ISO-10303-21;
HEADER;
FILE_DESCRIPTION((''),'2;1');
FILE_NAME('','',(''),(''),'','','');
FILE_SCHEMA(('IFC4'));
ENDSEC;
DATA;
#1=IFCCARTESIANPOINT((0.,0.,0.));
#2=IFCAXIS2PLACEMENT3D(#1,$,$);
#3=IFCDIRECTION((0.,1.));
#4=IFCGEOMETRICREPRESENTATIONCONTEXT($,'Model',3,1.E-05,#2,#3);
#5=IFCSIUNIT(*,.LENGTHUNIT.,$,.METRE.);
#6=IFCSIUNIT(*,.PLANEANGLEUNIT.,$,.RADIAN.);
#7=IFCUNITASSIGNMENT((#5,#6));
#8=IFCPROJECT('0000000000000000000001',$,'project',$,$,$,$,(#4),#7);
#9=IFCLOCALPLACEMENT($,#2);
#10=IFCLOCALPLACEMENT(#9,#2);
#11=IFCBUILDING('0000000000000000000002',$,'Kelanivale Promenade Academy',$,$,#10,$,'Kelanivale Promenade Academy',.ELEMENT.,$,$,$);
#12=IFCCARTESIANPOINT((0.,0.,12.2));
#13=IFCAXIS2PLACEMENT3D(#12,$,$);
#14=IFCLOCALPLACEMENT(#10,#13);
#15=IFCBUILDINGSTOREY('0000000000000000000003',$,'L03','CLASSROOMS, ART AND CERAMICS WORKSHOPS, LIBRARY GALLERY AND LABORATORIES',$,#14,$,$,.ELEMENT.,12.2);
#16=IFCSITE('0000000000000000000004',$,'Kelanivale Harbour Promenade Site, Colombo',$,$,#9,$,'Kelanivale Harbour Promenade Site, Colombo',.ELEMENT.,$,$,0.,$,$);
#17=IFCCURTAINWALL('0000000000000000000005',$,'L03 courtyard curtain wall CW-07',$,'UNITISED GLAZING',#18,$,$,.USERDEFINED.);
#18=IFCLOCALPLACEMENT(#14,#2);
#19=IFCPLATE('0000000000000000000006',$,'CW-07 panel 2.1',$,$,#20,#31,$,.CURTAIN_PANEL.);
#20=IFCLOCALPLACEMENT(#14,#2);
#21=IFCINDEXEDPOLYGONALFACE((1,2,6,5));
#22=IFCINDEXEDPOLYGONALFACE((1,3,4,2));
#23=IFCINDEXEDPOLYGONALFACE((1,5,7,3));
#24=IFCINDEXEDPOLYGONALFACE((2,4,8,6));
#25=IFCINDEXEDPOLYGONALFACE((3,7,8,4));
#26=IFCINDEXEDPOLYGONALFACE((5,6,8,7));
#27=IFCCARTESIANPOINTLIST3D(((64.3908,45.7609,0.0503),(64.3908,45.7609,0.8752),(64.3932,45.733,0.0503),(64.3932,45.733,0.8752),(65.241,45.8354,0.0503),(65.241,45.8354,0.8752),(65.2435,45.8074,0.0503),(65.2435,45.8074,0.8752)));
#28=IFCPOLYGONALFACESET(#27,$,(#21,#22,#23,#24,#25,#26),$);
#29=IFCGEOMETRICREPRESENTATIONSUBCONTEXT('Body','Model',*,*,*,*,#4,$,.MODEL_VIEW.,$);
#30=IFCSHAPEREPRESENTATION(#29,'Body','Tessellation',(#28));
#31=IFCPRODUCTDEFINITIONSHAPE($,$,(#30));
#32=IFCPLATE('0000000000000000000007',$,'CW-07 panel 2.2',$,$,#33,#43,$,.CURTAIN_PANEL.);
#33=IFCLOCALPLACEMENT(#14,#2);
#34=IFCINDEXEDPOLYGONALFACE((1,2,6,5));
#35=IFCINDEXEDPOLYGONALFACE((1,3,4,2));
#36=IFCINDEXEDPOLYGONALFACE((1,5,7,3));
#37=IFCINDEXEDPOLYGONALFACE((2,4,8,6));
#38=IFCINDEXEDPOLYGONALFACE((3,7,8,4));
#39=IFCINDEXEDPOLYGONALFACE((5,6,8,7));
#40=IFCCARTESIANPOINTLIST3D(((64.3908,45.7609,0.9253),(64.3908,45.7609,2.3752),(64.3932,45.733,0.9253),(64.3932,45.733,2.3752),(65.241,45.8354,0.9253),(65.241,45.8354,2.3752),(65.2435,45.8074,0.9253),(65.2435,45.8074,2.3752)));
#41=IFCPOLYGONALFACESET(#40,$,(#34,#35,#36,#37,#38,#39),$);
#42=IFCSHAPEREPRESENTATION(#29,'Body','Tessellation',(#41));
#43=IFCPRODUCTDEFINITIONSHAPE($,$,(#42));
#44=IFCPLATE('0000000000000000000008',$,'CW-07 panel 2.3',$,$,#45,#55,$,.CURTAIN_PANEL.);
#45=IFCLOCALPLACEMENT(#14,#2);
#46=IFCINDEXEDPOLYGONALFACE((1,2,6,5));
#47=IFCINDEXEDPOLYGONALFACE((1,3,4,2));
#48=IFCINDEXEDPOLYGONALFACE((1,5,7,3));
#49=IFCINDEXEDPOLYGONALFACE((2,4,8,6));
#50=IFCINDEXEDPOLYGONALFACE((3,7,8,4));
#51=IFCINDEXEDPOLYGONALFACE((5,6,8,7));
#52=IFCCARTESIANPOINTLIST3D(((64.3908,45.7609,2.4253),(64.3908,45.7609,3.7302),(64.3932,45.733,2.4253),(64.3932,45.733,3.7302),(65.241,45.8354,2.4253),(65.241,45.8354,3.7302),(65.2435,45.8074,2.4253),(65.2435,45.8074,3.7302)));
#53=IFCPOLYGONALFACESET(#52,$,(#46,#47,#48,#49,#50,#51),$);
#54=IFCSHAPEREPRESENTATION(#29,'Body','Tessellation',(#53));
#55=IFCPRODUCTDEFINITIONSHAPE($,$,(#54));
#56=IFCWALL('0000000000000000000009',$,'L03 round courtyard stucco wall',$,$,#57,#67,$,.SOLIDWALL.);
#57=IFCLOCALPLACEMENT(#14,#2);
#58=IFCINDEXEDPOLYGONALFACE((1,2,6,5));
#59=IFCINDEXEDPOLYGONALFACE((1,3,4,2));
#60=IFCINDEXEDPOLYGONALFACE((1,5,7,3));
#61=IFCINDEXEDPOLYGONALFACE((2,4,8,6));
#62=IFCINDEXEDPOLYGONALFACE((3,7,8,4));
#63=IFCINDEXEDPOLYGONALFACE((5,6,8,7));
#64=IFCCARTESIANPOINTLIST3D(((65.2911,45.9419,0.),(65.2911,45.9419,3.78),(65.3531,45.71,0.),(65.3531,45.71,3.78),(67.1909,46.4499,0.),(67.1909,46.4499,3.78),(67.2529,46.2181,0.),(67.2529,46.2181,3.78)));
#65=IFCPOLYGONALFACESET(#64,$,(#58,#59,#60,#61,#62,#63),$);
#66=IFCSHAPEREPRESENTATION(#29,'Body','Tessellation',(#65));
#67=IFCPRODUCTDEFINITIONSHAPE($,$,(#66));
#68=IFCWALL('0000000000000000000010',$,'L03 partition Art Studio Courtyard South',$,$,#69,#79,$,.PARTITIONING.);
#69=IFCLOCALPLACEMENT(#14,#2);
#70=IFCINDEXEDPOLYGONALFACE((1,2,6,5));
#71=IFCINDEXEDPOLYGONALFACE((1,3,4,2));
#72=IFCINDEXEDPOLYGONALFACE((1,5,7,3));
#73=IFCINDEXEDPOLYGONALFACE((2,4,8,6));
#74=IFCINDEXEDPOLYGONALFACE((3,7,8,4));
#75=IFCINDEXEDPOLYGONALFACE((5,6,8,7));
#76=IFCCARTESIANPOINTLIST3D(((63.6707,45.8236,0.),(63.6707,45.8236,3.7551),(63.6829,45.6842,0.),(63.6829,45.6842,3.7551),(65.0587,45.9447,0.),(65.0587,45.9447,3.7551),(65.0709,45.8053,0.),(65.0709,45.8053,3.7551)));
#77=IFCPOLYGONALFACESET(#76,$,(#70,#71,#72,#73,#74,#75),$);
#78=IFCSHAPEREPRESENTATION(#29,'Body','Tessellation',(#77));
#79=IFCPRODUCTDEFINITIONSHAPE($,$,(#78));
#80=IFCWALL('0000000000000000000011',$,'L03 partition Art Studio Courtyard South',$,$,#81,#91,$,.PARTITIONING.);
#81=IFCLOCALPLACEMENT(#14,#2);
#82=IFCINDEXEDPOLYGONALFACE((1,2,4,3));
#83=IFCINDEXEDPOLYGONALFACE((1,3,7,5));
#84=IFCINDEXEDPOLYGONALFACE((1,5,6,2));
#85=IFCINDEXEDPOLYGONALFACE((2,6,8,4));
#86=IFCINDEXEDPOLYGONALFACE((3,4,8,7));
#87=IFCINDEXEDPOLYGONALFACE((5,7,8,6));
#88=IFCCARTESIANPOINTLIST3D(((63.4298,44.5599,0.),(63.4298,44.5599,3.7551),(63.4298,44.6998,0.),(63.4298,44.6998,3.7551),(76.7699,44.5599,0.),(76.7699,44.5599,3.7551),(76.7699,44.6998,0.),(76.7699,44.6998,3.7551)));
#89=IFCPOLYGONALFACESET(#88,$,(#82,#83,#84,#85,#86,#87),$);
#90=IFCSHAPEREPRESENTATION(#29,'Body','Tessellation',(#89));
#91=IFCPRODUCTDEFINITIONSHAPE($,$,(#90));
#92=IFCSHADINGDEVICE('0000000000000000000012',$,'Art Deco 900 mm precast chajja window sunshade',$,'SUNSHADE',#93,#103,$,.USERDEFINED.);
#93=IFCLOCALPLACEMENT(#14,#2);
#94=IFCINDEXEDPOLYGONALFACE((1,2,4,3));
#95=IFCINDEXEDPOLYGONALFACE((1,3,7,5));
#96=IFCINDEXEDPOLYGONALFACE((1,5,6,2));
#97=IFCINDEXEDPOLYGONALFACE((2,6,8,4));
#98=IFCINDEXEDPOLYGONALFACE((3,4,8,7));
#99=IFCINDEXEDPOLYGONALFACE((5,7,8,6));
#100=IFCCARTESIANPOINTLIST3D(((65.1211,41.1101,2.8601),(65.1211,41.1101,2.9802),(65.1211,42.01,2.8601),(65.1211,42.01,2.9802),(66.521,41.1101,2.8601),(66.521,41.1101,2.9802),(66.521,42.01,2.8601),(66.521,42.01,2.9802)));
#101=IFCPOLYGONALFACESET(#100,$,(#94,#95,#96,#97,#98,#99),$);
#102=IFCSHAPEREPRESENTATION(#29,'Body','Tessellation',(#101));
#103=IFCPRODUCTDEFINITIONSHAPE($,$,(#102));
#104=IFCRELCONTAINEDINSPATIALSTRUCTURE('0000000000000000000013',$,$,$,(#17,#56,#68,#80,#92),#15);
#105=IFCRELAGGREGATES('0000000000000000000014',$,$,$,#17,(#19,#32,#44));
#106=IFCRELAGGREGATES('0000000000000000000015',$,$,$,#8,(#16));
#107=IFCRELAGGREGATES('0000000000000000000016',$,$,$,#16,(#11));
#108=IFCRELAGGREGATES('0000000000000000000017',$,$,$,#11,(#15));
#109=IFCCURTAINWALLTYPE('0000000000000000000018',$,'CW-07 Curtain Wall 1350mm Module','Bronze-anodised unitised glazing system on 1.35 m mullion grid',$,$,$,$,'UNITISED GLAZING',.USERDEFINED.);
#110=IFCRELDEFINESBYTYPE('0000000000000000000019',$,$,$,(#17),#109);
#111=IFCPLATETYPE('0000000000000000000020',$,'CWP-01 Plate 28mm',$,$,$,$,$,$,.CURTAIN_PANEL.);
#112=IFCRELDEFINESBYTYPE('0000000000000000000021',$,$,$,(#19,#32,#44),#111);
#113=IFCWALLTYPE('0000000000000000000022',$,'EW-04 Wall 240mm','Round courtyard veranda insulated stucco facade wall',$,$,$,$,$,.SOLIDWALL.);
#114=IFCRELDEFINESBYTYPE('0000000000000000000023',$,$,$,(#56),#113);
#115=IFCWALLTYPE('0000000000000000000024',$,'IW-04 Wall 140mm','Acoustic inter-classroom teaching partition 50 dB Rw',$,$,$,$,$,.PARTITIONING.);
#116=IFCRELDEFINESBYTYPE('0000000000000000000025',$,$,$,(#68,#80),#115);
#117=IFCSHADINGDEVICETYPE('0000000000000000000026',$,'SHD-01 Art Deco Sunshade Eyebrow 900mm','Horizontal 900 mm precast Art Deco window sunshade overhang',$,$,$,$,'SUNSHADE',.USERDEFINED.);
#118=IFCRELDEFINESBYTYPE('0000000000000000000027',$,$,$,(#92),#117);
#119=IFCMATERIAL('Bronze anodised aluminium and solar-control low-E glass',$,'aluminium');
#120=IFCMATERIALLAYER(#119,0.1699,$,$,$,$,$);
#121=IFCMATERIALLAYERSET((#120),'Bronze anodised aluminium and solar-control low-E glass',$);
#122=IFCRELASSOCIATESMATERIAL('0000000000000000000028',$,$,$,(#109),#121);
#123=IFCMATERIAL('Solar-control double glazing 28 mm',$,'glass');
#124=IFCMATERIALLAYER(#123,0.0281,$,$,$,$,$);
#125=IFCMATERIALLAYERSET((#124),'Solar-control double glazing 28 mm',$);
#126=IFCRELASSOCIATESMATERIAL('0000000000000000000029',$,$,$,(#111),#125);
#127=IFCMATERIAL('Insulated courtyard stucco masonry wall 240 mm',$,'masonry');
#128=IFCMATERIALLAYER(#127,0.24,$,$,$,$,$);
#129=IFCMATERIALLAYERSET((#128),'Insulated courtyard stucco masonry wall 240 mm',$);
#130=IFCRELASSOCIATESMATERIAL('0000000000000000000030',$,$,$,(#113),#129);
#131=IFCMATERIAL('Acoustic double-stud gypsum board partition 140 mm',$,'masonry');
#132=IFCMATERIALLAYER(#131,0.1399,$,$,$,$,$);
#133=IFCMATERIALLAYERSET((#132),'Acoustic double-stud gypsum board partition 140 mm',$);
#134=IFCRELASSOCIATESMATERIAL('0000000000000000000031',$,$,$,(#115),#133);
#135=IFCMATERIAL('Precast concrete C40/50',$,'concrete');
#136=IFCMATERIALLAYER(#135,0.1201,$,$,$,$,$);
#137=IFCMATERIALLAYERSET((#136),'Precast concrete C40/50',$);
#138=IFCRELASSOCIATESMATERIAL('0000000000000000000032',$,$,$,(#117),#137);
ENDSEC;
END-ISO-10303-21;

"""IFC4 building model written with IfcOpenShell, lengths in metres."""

from ifc_helpers import new_model, si_unit, direction, frame, frame_2d, origin, origin_2d, place, context, subcontext, project, spatial, rectangle, extrude, material, layer, layer_set, type_object, element, aggregate, save


model = new_model("IFC4")

# Units and contexts
model_context = context("Model", 3, precision=1e-05, world=origin(), true_north=direction((0.0, 1.0)))
body_context = subcontext(model_context, "Body", "Model", "MODEL_VIEW")
ifc_project = project(units=[si_unit("LENGTHUNIT", "METRE"), si_unit("PLANEANGLEUNIT", "RADIAN")], contexts=[model_context])

# Site, building, storey
site_placement = place(None, origin())
site = spatial("IfcSite", under=ifc_project, at=site_placement, Name="Kelanivale Harbour Promenade Site, Colombo", LongName="Kelanivale Harbour Promenade Site, Colombo", CompositionType="ELEMENT", RefElevation=0.0)
building_placement = place(site_placement, origin())
building = spatial("IfcBuilding", under=site, at=building_placement, Name="Kelanivale Promenade Academy", LongName="Kelanivale Promenade Academy", CompositionType="ELEMENT")
storey_placement = place(building_placement, frame((0.0, 0.0, 12.2)))
storey = spatial("IfcBuildingStorey", under=building, at=storey_placement, Name="L03", Description="CLASSROOMS, ART AND CERAMICS WORKSHOPS, LIBRARY GALLERY AND LABORATORIES", CompositionType="ELEMENT", Elevation=12.2)

# Shared definitions
ifc_material_1 = material(Name="Bronze anodised aluminium and solar-control low-E glass", Category="aluminium")

# Curtain wall
ifc_layer_1 = layer(ifc_material_1, 0.1699)
ifc_layer_set_1 = layer_set([ifc_layer_1], Name="Bronze anodised aluminium and solar-control low-E glass")
curtain_wall_type_1 = type_object("IfcCurtainWallType", Name="CW-07 Curtain Wall 1350mm Module", Description="Bronze-anodised unitised glazing system on 1.35 m mullion grid", ElementType="UNITISED GLAZING", PredefinedType="USERDEFINED", material=ifc_layer_set_1)
curtain_wall_1_placement = place(storey_placement, origin())
curtain_wall_1 = element("IfcCurtainWall", 1, at=curtain_wall_1_placement, inside=storey, type_object=curtain_wall_type_1, Name="L03 courtyard curtain wall CW-07", ObjectType="UNITISED GLAZING", PredefinedType="USERDEFINED")

# Plates
ifc_material_2 = material(Name="Solar-control double glazing 28 mm", Category="glass")
ifc_layer_2 = layer(ifc_material_2, 0.0281)
ifc_layer_set_2 = layer_set([ifc_layer_2], Name="Solar-control double glazing 28 mm")
plate_type = type_object("IfcPlateType", Name="CWP-01 Plate 28mm", PredefinedType="CURTAIN_PANEL", material=ifc_layer_set_2)
plate_1_placement = place(storey_placement, frame((64.8171, 45.7842, 0.0503), z_axis=(0.0, 0.0, 1.0), x_axis=(0.996185, 0.087265, 0.0)))
plate_1 = element("IfcPlate", 2, at=plate_1_placement, type_object=plate_type, Name="CW-07 panel 2.1", PredefinedType="CURTAIN_PANEL", context=body_context, shape_type="SweptSolid", body=[
    extrude(rectangle(XDim=0.8535, YDim=0.0281, at=origin_2d()), origin(), (0.0, 0.0, 1.0), 0.825),
])
plate_2_placement = place(storey_placement, frame((64.8171, 45.7842, 0.9253), z_axis=(0.0, 0.0, 1.0), x_axis=(0.996185, 0.087265, 0.0)))
plate_2 = element("IfcPlate", 3, at=plate_2_placement, type_object=plate_type, Name="CW-07 panel 2.2", PredefinedType="CURTAIN_PANEL", context=body_context, shape_type="SweptSolid", body=[
    extrude(rectangle(XDim=0.8535, YDim=0.0281, at=origin_2d()), origin(), (0.0, 0.0, 1.0), 1.45),
])
plate_3_placement = place(storey_placement, frame((64.8171, 45.7842, 2.4253), z_axis=(0.0, 0.0, 1.0), x_axis=(0.996185, 0.087265, 0.0)))
plate_3 = element("IfcPlate", 4, at=plate_3_placement, type_object=plate_type, Name="CW-07 panel 2.3", PredefinedType="CURTAIN_PANEL", context=body_context, shape_type="SweptSolid", body=[
    extrude(rectangle(XDim=0.8535, YDim=0.0281, at=origin_2d()), origin(), (0.0, 0.0, 1.0), 1.3049),
])
aggregate(curtain_wall_1, [plate_1, plate_2, plate_3])

# Walls
ifc_material_3 = material(Name="Insulated courtyard stucco masonry wall 240 mm", Category="masonry")
ifc_layer_3 = layer(ifc_material_3, 0.24)
ifc_layer_set_3 = layer_set([ifc_layer_3], Name="Insulated courtyard stucco masonry wall 240 mm")
wall_type_1 = type_object("IfcWallType", Name="EW-04 Wall 240mm", Description="Round courtyard veranda insulated stucco facade wall", PredefinedType="SOLIDWALL", material=ifc_layer_set_3)
wall_1_placement = place(storey_placement, frame((65.322, 45.8259, 0.0), z_axis=(0.0, 0.0, 1.0), x_axis=(0.966055, 0.258335, 0.0)))
element("IfcWall", 5, at=wall_1_placement, inside=storey, type_object=wall_type_1, Name="L03 round courtyard stucco wall", PredefinedType="SOLIDWALL", context=body_context, shape_type="SweptSolid", body=[
    extrude(rectangle(XDim=1.9666, YDim=0.24, at=frame_2d((0.9834, 0.0))), origin(), (0.0, 0.0, 1.0), 3.78),
])
ifc_material_4 = material(Name="Acoustic double-stud gypsum board partition 140 mm", Category="masonry")
ifc_layer_4 = layer(ifc_material_4, 0.1399)
ifc_layer_set_4 = layer_set([ifc_layer_4], Name="Acoustic double-stud gypsum board partition 140 mm")
wall_type_2 = type_object("IfcWallType", Name="IW-04 Wall 140mm", Description="Acoustic inter-classroom teaching partition 50 dB Rw", PredefinedType="PARTITIONING", material=ifc_layer_set_4)
wall_2_placement = place(storey_placement, frame((65.0649, 45.875, 0.0), z_axis=(0.0, 0.0, 1.0), x_axis=(-0.996216, -0.086917, 0.0)))
element("IfcWall", 6, at=wall_2_placement, inside=storey, type_object=wall_type_2, Name="L03 partition Art Studio Courtyard South", PredefinedType="PARTITIONING", context=body_context, shape_type="SweptSolid", body=[
    extrude(rectangle(XDim=1.3933, YDim=0.1399, at=frame_2d((0.6968, 0.0))), origin(), (0.0, 0.0, 1.0), 3.7551),
])
wall_3_placement = place(storey_placement, frame((63.4299, 44.6299, 0.0), z_axis=(0.0, 0.0, 1.0), x_axis=(1.0, 0.0, 0.0)))
element("IfcWall", 7, at=wall_3_placement, inside=storey, type_object=wall_type_2, Name="L03 partition Art Studio Courtyard South", PredefinedType="PARTITIONING", context=body_context, shape_type="SweptSolid", body=[
    extrude(rectangle(XDim=13.3401, YDim=0.1399, at=frame_2d((6.6699, 0.0))), origin(), (0.0, 0.0, 1.0), 3.7551),
])

# Shading device
ifc_material_5 = material(Name="Precast concrete C40/50", Category="concrete")
ifc_layer_5 = layer(ifc_material_5, 0.1201)
ifc_layer_set_5 = layer_set([ifc_layer_5], Name="Precast concrete C40/50")
shading_device_type = type_object("IfcShadingDeviceType", Name="SHD-01 Art Deco Sunshade Eyebrow 900mm", Description="Horizontal 900 mm precast Art Deco window sunshade overhang", ElementType="SUNSHADE", PredefinedType="USERDEFINED", material=ifc_layer_set_5)
shading_device_placement = place(storey_placement, frame((65.821, 41.5601, 2.8601), z_axis=(0.0, 0.0, 1.0), x_axis=(1.0, 0.0, 0.0)))
element("IfcShadingDevice", 8, at=shading_device_placement, inside=storey, type_object=shading_device_type, Name="Art Deco 900 mm precast chajja window sunshade", ObjectType="SUNSHADE", PredefinedType="USERDEFINED", context=body_context, shape_type="SweptSolid", body=[
    extrude(rectangle(XDim=1.3999, YDim=0.8999, at=origin_2d()), origin(), (0.0, 0.0, 1.0), 0.1201),
])

save(model, "model.ifc")
